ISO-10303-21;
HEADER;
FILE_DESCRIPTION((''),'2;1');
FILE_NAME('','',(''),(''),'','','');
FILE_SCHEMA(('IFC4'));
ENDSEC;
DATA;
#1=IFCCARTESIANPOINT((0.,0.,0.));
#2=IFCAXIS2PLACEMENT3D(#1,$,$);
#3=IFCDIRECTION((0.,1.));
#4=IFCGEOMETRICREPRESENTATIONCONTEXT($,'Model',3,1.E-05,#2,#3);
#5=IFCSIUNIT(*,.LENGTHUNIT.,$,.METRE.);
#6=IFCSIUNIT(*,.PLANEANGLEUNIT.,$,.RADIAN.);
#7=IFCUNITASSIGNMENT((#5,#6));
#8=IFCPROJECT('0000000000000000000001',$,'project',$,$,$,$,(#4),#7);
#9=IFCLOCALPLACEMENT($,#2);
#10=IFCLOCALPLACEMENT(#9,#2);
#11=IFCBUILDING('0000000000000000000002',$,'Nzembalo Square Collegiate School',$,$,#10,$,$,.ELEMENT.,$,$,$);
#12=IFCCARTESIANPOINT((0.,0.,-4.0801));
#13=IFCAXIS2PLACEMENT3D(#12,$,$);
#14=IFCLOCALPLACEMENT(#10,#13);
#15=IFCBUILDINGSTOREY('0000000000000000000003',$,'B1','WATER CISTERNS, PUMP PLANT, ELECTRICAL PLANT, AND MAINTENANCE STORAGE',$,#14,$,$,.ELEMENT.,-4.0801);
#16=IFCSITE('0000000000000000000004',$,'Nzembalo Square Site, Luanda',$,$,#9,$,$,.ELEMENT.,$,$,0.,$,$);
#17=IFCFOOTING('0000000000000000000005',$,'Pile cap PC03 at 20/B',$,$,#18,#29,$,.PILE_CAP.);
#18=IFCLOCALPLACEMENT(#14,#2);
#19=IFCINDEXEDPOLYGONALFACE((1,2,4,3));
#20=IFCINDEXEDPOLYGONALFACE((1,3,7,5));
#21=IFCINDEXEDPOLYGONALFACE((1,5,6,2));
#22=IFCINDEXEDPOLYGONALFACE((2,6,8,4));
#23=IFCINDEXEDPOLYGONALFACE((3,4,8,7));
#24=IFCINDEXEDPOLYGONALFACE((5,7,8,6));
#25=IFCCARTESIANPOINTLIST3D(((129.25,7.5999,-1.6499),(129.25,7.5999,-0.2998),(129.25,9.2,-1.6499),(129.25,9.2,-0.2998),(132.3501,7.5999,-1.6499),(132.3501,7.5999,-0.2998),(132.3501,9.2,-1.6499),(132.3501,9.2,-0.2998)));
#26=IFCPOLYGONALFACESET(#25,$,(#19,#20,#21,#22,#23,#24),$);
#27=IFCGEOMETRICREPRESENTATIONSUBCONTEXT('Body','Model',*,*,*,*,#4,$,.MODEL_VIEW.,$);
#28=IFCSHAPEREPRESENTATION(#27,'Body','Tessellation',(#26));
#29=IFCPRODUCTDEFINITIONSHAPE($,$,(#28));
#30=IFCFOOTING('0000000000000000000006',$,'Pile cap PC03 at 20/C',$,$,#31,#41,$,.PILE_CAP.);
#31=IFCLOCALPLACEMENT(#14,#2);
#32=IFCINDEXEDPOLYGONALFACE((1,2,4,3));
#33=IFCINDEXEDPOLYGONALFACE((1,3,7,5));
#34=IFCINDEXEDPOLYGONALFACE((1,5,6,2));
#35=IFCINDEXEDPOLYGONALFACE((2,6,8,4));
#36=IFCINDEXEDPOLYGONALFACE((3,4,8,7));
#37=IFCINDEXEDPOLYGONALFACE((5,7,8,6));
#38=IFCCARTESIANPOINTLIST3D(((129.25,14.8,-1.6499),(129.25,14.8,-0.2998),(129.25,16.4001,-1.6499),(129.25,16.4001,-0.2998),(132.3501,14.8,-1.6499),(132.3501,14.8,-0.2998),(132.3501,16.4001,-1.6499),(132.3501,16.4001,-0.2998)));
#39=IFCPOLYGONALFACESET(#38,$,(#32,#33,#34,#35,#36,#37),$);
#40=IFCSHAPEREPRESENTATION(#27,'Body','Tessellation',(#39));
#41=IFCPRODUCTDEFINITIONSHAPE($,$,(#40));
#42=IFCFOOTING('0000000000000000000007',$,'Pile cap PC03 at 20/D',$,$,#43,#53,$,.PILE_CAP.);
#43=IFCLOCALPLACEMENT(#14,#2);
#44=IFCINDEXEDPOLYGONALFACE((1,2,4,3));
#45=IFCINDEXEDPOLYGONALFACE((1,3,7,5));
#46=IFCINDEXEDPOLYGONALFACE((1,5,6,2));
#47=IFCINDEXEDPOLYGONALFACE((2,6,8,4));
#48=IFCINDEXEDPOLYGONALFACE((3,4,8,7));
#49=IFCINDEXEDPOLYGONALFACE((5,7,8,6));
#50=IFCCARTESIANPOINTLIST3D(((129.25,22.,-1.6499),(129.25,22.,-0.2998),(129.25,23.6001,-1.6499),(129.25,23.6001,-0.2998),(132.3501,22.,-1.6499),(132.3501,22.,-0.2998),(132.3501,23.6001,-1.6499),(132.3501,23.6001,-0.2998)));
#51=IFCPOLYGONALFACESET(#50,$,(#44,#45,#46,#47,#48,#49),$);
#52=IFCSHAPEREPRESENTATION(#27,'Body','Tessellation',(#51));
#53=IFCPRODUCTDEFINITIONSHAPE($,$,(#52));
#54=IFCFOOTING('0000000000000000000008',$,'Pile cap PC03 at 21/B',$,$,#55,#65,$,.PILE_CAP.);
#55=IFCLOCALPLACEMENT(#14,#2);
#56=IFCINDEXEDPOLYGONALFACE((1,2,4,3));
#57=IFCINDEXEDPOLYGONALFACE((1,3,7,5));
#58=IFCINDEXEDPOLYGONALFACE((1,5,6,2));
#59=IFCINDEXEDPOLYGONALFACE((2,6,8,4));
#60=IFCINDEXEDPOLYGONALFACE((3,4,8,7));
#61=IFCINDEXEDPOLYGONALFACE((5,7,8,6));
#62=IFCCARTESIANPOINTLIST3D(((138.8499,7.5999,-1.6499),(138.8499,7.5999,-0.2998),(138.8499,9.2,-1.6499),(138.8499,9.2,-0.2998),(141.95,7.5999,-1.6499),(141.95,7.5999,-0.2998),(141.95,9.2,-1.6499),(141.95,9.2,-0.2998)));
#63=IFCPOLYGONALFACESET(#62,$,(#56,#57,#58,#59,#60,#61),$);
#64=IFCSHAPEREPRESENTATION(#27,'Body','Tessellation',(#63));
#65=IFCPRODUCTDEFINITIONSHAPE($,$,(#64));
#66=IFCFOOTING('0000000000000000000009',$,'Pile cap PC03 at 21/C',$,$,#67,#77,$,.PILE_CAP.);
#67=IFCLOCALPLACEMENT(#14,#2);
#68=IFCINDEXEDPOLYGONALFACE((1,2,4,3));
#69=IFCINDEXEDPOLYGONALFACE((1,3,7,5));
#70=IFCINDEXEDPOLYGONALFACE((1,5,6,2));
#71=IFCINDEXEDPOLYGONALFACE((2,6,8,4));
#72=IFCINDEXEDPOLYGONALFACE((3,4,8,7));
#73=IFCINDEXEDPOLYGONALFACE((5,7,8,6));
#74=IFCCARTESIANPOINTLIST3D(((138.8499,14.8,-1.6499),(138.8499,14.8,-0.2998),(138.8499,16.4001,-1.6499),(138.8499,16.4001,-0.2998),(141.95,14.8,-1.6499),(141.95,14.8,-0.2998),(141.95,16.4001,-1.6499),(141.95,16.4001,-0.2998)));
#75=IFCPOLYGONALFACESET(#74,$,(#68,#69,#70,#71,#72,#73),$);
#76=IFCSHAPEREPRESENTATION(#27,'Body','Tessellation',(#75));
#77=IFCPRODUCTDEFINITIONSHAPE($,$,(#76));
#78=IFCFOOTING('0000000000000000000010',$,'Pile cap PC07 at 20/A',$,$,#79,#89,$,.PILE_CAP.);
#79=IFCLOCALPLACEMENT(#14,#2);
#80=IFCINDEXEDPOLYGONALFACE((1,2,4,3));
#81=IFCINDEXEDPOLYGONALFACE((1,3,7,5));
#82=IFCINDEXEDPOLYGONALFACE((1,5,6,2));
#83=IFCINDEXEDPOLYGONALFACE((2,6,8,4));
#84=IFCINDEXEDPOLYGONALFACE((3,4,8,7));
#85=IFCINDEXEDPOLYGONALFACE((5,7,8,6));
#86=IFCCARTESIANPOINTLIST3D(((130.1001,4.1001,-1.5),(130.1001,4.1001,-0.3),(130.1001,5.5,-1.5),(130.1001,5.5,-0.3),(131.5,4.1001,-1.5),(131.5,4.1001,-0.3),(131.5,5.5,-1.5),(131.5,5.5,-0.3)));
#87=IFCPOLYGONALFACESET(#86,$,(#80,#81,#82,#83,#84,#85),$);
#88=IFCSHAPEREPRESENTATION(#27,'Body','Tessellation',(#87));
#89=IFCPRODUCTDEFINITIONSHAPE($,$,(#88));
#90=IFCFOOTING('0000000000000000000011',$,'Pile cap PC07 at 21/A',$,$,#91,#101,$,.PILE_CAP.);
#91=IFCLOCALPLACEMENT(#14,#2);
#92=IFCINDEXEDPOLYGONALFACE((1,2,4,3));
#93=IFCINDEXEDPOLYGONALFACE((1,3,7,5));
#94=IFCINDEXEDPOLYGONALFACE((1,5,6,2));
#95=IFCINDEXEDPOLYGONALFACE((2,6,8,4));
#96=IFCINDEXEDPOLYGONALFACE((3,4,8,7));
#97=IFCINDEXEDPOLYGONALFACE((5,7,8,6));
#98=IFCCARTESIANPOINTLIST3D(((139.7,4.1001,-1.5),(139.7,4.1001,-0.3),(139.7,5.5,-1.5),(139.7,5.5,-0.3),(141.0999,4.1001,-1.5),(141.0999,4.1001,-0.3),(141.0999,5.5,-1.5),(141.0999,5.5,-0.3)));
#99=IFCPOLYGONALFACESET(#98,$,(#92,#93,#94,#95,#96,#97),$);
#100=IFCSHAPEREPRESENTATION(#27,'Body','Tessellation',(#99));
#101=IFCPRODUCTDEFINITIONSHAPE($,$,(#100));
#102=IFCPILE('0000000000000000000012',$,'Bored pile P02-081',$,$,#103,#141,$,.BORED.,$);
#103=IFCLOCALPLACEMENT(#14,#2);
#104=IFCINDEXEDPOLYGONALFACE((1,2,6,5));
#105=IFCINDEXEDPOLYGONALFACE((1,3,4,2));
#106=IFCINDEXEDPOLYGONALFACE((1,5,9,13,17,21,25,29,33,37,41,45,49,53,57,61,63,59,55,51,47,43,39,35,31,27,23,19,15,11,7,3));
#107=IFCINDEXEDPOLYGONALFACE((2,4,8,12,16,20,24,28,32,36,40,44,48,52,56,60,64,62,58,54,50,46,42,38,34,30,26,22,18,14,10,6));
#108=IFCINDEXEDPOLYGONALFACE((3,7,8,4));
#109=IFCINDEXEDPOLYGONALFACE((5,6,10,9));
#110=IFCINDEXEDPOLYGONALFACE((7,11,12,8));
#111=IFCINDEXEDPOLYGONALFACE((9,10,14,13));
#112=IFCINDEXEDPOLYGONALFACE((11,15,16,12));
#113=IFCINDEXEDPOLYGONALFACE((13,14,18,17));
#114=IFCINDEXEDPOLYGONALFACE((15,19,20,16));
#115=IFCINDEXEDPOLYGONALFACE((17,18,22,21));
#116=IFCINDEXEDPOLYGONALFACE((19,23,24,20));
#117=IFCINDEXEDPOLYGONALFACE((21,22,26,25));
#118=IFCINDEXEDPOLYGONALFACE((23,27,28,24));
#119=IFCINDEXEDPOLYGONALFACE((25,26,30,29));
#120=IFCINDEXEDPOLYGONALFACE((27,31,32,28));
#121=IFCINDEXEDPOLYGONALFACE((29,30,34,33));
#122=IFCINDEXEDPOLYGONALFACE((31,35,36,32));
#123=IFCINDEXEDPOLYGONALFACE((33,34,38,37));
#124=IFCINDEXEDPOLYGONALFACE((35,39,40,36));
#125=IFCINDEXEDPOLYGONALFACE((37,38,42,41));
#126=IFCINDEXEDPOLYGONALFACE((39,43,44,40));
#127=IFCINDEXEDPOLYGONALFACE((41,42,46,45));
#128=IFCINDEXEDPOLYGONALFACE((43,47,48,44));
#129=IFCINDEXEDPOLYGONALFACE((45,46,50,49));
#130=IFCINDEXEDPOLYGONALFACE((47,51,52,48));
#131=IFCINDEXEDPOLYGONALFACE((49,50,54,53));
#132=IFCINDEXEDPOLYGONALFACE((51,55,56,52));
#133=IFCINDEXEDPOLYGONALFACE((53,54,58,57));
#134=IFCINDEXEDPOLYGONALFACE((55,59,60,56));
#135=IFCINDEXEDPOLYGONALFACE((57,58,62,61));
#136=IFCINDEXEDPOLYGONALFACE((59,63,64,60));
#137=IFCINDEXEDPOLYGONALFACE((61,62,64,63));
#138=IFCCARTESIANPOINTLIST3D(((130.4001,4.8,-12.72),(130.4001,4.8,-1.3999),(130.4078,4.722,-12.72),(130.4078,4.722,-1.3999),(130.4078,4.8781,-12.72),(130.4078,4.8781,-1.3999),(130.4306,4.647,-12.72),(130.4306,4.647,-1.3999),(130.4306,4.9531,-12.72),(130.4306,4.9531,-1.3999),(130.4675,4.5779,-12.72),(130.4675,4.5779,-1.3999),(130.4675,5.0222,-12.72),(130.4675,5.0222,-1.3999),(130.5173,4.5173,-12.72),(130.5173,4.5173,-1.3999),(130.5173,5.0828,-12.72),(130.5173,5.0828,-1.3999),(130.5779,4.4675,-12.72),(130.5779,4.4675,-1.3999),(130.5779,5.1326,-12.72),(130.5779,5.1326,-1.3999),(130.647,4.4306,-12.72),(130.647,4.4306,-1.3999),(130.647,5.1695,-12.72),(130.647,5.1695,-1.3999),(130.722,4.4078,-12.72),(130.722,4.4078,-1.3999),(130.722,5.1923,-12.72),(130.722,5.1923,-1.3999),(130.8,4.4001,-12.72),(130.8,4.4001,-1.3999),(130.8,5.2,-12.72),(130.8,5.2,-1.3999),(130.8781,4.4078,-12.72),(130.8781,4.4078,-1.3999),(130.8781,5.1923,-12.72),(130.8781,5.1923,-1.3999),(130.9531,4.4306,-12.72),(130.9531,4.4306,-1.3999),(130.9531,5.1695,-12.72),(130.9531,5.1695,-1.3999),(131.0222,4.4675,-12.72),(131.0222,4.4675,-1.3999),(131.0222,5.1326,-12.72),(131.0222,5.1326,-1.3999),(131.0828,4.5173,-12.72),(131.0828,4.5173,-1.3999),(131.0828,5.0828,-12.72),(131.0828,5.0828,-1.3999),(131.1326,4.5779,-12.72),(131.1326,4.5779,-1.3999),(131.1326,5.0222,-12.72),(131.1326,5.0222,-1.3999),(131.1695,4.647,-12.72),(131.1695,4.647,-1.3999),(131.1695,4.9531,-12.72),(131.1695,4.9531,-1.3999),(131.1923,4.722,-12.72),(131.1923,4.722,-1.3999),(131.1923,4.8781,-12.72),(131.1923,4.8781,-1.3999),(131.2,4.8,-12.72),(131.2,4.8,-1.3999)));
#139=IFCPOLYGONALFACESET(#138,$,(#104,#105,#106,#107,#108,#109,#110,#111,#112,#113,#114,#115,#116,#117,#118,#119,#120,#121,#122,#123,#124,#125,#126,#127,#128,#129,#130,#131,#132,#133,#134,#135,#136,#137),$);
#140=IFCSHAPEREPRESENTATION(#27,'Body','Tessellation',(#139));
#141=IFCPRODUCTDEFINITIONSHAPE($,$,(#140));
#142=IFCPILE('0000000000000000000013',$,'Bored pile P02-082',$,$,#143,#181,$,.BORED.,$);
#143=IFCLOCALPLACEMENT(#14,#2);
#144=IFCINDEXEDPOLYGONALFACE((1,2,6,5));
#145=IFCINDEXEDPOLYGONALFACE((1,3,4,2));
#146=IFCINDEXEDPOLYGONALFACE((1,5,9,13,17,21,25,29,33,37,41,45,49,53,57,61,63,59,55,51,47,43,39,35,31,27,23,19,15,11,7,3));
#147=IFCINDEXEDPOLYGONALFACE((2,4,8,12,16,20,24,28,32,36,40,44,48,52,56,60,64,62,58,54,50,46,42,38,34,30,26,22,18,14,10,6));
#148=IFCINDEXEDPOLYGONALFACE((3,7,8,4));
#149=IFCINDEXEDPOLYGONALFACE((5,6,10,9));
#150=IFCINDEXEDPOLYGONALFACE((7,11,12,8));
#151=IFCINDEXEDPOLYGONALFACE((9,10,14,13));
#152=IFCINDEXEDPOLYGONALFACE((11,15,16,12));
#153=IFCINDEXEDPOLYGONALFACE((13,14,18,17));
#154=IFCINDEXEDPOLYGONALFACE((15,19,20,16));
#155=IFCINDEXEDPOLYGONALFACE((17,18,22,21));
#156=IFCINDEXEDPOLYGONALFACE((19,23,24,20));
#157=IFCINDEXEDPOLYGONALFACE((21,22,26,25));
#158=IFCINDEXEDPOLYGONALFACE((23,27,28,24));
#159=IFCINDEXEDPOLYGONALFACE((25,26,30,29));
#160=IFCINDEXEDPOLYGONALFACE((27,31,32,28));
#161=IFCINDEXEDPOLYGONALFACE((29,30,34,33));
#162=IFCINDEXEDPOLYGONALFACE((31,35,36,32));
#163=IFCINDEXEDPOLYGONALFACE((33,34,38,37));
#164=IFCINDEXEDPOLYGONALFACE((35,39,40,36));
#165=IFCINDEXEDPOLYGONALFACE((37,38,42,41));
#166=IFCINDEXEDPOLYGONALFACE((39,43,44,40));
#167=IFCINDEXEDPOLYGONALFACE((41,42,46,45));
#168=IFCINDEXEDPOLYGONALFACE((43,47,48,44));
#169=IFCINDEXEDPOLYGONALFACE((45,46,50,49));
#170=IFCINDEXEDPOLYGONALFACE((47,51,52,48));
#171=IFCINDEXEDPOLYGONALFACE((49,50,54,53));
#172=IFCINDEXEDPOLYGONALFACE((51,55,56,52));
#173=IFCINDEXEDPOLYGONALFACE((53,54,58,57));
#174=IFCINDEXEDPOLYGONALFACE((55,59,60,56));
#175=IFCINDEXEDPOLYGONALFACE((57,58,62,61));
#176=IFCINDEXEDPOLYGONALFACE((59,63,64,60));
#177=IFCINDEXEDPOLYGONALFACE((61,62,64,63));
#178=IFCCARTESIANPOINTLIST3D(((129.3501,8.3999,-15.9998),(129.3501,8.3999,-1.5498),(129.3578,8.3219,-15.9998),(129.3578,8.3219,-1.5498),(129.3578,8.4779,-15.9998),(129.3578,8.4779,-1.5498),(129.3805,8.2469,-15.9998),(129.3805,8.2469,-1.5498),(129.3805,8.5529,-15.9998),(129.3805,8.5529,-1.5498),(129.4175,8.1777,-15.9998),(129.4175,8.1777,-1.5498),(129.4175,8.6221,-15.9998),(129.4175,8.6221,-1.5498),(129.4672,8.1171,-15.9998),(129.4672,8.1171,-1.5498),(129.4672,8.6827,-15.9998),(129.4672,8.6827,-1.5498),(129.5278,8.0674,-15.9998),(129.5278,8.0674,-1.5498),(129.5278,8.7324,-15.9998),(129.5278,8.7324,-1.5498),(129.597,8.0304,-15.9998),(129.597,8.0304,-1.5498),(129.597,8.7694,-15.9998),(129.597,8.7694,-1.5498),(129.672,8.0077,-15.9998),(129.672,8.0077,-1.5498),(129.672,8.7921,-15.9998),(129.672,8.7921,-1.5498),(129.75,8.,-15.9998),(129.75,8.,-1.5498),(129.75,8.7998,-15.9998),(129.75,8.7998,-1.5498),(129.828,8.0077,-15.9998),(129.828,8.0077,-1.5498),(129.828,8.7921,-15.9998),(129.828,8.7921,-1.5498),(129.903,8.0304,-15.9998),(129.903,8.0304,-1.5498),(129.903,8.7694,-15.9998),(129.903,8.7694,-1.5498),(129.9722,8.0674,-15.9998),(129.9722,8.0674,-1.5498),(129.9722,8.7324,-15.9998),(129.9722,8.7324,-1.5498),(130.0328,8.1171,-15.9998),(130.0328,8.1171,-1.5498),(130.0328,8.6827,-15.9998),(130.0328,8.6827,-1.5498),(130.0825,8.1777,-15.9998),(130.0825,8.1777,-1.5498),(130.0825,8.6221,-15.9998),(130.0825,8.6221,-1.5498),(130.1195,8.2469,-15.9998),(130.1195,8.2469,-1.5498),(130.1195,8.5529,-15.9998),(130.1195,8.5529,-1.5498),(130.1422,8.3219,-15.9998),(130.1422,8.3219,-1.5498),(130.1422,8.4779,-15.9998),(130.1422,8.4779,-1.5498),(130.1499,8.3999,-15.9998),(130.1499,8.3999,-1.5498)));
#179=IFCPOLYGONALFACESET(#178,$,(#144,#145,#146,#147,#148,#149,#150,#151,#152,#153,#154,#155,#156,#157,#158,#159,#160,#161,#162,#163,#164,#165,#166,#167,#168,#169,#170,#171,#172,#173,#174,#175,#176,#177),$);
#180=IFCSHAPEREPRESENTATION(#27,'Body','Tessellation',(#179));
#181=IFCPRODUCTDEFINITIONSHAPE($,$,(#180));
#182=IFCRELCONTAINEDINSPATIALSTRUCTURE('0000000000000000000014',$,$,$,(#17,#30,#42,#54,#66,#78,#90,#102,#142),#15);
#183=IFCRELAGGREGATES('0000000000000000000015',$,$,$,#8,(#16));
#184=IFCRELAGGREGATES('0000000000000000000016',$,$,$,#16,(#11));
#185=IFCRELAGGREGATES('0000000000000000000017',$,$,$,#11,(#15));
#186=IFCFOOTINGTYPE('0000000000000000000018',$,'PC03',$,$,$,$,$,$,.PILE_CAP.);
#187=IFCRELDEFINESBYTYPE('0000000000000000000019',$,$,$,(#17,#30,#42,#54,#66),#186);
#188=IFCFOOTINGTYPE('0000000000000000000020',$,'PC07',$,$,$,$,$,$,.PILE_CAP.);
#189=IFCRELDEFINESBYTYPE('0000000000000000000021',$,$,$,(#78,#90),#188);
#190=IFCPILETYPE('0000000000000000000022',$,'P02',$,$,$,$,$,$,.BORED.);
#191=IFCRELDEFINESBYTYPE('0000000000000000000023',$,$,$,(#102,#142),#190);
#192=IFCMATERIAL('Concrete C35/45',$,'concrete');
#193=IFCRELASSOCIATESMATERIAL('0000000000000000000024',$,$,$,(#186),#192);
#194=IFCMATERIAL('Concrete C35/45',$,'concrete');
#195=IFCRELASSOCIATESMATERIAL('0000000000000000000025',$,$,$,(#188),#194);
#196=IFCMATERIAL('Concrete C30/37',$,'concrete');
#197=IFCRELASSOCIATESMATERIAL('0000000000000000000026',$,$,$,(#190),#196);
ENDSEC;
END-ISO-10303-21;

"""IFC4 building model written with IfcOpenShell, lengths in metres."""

from ifc_helpers import new_model, si_unit, direction, frame, origin, origin_2d, place, context, subcontext, project, spatial, rectangle, circle, extrude, material, material_profile, profile_set, type_object, element, save


model = new_model("IFC4")

# Units and contexts
model_context = context("Model", 3, precision=1e-05, world=origin(), true_north=direction((0.0, 1.0)))
body_context = subcontext(model_context, "Body", "Model", "MODEL_VIEW")
ifc_project = project(units=[si_unit("LENGTHUNIT", "METRE"), si_unit("PLANEANGLEUNIT", "RADIAN")], contexts=[model_context])

# Site, building, storey
site_placement = place(None, origin())
site = spatial("IfcSite", under=ifc_project, at=site_placement, Name="Nzembalo Square Site, Luanda", CompositionType="ELEMENT", RefElevation=0.0)
building_placement = place(site_placement, origin())
building = spatial("IfcBuilding", under=site, at=building_placement, Name="Nzembalo Square Collegiate School", CompositionType="ELEMENT")
storey_placement = place(building_placement, frame((0.0, 0.0, -4.0801)))
storey = spatial("IfcBuildingStorey", under=building, at=storey_placement, Name="B1", Description="WATER CISTERNS, PUMP PLANT, ELECTRICAL PLANT, AND MAINTENANCE STORAGE", CompositionType="ELEMENT", Elevation=-4.0801)

# Footings
ifc_material_1 = material(Name="Concrete C35/45", Category="concrete")
footing_type_1 = type_object("IfcFootingType", Name="PC03", PredefinedType="PILE_CAP", material=ifc_material_1)
for number, where, z_axis, x_axis, name in (
    (1, (130.8, 8.3999, -1.6499), (0.0, 0.0, 1.0), (1.0, 0.0, 0.0), "Pile cap PC03 at 20/B"),
    (2, (130.8, 15.6001, -1.6499), (0.0, 0.0, 1.0), (1.0, 0.0, 0.0), "Pile cap PC03 at 20/C"),
    (3, (130.8, 22.8, -1.6499), (0.0, 0.0, 1.0), (1.0, 0.0, 0.0), "Pile cap PC03 at 20/D"),
    (4, (140.3999, 8.3999, -1.6499), (0.0, 0.0, 1.0), (1.0, 0.0, 0.0), "Pile cap PC03 at 21/B"),
    (5, (140.3999, 15.6001, -1.6499), (0.0, 0.0, 1.0), (1.0, 0.0, 0.0), "Pile cap PC03 at 21/C"),
):
    element("IfcFooting", number, at=place(storey_placement, frame(where, z_axis=z_axis, x_axis=x_axis)), inside=storey, type_object=footing_type_1, Name=name, PredefinedType="PILE_CAP", context=body_context, shape_type="SweptSolid", body=[
        extrude(rectangle(XDim=3.1001, YDim=1.6001, at=origin_2d()), origin(), (0.0, 0.0, 1.0), 1.3501),
    ])
ifc_material_2 = material(Name="Concrete C35/45", Category="concrete")
footing_type_2 = type_object("IfcFootingType", Name="PC07", PredefinedType="PILE_CAP", material=ifc_material_2)
for number, where, z_axis, x_axis, name in (
    (6, (130.8, 4.8, -1.5), (0.0, 0.0, 1.0), (1.0, 0.0, 0.0), "Pile cap PC07 at 20/A"),
    (7, (140.3999, 4.8, -1.5), (0.0, 0.0, 1.0), (1.0, 0.0, 0.0), "Pile cap PC07 at 21/A"),
):
    element("IfcFooting", number, at=place(storey_placement, frame(where, z_axis=z_axis, x_axis=x_axis)), inside=storey, type_object=footing_type_2, Name=name, PredefinedType="PILE_CAP", context=body_context, shape_type="SweptSolid", body=[
        extrude(rectangle(XDim=1.3999, YDim=1.3999, at=origin_2d()), origin(), (0.0, 0.0, 1.0), 1.2),
    ])

# Piles
ifc_material_3 = material(Name="Concrete C30/37", Category="concrete")
ifc_material_profile_1 = material_profile(ifc_material_3, circle(Radius=0.3999, at=origin_2d()), Name="PILE D800")
ifc_profile_set_1 = profile_set([ifc_material_profile_1], Name="Concrete C30/37")
pile_type = type_object("IfcPileType", Name="P02", PredefinedType="BORED", material=ifc_profile_set_1)
pile_1_placement = place(storey_placement, frame((130.8, 4.8, -1.3999), z_axis=(0.0, 0.0, -1.0), x_axis=(1.0, 0.0, 0.0)))
element("IfcPile", 8, at=pile_1_placement, inside=storey, type_object=pile_type, Name="Bored pile P02-081", PredefinedType="BORED", context=body_context, shape_type="SweptSolid", body=[
    extrude(circle(Radius=0.3999, at=origin_2d()), origin(), (0.0, 0.0, 1.0), 11.3201),
])
for number, where, z_axis, x_axis, name in (
    (9, (129.75, 8.3999, -1.5498), (0.0, 0.0, -1.0), (1.0, 0.0, 0.0), "Bored pile P02-082"),
):
    element("IfcPile", number, at=place(storey_placement, frame(where, z_axis=z_axis, x_axis=x_axis)), inside=storey, type_object=pile_type, Name=name, PredefinedType="BORED", context=body_context, shape_type="SweptSolid", body=[
        extrude(circle(Radius=0.3999, at=origin_2d()), origin(), (0.0, 0.0, 1.0), 14.45),
    ])

save(model, "model.ifc")
